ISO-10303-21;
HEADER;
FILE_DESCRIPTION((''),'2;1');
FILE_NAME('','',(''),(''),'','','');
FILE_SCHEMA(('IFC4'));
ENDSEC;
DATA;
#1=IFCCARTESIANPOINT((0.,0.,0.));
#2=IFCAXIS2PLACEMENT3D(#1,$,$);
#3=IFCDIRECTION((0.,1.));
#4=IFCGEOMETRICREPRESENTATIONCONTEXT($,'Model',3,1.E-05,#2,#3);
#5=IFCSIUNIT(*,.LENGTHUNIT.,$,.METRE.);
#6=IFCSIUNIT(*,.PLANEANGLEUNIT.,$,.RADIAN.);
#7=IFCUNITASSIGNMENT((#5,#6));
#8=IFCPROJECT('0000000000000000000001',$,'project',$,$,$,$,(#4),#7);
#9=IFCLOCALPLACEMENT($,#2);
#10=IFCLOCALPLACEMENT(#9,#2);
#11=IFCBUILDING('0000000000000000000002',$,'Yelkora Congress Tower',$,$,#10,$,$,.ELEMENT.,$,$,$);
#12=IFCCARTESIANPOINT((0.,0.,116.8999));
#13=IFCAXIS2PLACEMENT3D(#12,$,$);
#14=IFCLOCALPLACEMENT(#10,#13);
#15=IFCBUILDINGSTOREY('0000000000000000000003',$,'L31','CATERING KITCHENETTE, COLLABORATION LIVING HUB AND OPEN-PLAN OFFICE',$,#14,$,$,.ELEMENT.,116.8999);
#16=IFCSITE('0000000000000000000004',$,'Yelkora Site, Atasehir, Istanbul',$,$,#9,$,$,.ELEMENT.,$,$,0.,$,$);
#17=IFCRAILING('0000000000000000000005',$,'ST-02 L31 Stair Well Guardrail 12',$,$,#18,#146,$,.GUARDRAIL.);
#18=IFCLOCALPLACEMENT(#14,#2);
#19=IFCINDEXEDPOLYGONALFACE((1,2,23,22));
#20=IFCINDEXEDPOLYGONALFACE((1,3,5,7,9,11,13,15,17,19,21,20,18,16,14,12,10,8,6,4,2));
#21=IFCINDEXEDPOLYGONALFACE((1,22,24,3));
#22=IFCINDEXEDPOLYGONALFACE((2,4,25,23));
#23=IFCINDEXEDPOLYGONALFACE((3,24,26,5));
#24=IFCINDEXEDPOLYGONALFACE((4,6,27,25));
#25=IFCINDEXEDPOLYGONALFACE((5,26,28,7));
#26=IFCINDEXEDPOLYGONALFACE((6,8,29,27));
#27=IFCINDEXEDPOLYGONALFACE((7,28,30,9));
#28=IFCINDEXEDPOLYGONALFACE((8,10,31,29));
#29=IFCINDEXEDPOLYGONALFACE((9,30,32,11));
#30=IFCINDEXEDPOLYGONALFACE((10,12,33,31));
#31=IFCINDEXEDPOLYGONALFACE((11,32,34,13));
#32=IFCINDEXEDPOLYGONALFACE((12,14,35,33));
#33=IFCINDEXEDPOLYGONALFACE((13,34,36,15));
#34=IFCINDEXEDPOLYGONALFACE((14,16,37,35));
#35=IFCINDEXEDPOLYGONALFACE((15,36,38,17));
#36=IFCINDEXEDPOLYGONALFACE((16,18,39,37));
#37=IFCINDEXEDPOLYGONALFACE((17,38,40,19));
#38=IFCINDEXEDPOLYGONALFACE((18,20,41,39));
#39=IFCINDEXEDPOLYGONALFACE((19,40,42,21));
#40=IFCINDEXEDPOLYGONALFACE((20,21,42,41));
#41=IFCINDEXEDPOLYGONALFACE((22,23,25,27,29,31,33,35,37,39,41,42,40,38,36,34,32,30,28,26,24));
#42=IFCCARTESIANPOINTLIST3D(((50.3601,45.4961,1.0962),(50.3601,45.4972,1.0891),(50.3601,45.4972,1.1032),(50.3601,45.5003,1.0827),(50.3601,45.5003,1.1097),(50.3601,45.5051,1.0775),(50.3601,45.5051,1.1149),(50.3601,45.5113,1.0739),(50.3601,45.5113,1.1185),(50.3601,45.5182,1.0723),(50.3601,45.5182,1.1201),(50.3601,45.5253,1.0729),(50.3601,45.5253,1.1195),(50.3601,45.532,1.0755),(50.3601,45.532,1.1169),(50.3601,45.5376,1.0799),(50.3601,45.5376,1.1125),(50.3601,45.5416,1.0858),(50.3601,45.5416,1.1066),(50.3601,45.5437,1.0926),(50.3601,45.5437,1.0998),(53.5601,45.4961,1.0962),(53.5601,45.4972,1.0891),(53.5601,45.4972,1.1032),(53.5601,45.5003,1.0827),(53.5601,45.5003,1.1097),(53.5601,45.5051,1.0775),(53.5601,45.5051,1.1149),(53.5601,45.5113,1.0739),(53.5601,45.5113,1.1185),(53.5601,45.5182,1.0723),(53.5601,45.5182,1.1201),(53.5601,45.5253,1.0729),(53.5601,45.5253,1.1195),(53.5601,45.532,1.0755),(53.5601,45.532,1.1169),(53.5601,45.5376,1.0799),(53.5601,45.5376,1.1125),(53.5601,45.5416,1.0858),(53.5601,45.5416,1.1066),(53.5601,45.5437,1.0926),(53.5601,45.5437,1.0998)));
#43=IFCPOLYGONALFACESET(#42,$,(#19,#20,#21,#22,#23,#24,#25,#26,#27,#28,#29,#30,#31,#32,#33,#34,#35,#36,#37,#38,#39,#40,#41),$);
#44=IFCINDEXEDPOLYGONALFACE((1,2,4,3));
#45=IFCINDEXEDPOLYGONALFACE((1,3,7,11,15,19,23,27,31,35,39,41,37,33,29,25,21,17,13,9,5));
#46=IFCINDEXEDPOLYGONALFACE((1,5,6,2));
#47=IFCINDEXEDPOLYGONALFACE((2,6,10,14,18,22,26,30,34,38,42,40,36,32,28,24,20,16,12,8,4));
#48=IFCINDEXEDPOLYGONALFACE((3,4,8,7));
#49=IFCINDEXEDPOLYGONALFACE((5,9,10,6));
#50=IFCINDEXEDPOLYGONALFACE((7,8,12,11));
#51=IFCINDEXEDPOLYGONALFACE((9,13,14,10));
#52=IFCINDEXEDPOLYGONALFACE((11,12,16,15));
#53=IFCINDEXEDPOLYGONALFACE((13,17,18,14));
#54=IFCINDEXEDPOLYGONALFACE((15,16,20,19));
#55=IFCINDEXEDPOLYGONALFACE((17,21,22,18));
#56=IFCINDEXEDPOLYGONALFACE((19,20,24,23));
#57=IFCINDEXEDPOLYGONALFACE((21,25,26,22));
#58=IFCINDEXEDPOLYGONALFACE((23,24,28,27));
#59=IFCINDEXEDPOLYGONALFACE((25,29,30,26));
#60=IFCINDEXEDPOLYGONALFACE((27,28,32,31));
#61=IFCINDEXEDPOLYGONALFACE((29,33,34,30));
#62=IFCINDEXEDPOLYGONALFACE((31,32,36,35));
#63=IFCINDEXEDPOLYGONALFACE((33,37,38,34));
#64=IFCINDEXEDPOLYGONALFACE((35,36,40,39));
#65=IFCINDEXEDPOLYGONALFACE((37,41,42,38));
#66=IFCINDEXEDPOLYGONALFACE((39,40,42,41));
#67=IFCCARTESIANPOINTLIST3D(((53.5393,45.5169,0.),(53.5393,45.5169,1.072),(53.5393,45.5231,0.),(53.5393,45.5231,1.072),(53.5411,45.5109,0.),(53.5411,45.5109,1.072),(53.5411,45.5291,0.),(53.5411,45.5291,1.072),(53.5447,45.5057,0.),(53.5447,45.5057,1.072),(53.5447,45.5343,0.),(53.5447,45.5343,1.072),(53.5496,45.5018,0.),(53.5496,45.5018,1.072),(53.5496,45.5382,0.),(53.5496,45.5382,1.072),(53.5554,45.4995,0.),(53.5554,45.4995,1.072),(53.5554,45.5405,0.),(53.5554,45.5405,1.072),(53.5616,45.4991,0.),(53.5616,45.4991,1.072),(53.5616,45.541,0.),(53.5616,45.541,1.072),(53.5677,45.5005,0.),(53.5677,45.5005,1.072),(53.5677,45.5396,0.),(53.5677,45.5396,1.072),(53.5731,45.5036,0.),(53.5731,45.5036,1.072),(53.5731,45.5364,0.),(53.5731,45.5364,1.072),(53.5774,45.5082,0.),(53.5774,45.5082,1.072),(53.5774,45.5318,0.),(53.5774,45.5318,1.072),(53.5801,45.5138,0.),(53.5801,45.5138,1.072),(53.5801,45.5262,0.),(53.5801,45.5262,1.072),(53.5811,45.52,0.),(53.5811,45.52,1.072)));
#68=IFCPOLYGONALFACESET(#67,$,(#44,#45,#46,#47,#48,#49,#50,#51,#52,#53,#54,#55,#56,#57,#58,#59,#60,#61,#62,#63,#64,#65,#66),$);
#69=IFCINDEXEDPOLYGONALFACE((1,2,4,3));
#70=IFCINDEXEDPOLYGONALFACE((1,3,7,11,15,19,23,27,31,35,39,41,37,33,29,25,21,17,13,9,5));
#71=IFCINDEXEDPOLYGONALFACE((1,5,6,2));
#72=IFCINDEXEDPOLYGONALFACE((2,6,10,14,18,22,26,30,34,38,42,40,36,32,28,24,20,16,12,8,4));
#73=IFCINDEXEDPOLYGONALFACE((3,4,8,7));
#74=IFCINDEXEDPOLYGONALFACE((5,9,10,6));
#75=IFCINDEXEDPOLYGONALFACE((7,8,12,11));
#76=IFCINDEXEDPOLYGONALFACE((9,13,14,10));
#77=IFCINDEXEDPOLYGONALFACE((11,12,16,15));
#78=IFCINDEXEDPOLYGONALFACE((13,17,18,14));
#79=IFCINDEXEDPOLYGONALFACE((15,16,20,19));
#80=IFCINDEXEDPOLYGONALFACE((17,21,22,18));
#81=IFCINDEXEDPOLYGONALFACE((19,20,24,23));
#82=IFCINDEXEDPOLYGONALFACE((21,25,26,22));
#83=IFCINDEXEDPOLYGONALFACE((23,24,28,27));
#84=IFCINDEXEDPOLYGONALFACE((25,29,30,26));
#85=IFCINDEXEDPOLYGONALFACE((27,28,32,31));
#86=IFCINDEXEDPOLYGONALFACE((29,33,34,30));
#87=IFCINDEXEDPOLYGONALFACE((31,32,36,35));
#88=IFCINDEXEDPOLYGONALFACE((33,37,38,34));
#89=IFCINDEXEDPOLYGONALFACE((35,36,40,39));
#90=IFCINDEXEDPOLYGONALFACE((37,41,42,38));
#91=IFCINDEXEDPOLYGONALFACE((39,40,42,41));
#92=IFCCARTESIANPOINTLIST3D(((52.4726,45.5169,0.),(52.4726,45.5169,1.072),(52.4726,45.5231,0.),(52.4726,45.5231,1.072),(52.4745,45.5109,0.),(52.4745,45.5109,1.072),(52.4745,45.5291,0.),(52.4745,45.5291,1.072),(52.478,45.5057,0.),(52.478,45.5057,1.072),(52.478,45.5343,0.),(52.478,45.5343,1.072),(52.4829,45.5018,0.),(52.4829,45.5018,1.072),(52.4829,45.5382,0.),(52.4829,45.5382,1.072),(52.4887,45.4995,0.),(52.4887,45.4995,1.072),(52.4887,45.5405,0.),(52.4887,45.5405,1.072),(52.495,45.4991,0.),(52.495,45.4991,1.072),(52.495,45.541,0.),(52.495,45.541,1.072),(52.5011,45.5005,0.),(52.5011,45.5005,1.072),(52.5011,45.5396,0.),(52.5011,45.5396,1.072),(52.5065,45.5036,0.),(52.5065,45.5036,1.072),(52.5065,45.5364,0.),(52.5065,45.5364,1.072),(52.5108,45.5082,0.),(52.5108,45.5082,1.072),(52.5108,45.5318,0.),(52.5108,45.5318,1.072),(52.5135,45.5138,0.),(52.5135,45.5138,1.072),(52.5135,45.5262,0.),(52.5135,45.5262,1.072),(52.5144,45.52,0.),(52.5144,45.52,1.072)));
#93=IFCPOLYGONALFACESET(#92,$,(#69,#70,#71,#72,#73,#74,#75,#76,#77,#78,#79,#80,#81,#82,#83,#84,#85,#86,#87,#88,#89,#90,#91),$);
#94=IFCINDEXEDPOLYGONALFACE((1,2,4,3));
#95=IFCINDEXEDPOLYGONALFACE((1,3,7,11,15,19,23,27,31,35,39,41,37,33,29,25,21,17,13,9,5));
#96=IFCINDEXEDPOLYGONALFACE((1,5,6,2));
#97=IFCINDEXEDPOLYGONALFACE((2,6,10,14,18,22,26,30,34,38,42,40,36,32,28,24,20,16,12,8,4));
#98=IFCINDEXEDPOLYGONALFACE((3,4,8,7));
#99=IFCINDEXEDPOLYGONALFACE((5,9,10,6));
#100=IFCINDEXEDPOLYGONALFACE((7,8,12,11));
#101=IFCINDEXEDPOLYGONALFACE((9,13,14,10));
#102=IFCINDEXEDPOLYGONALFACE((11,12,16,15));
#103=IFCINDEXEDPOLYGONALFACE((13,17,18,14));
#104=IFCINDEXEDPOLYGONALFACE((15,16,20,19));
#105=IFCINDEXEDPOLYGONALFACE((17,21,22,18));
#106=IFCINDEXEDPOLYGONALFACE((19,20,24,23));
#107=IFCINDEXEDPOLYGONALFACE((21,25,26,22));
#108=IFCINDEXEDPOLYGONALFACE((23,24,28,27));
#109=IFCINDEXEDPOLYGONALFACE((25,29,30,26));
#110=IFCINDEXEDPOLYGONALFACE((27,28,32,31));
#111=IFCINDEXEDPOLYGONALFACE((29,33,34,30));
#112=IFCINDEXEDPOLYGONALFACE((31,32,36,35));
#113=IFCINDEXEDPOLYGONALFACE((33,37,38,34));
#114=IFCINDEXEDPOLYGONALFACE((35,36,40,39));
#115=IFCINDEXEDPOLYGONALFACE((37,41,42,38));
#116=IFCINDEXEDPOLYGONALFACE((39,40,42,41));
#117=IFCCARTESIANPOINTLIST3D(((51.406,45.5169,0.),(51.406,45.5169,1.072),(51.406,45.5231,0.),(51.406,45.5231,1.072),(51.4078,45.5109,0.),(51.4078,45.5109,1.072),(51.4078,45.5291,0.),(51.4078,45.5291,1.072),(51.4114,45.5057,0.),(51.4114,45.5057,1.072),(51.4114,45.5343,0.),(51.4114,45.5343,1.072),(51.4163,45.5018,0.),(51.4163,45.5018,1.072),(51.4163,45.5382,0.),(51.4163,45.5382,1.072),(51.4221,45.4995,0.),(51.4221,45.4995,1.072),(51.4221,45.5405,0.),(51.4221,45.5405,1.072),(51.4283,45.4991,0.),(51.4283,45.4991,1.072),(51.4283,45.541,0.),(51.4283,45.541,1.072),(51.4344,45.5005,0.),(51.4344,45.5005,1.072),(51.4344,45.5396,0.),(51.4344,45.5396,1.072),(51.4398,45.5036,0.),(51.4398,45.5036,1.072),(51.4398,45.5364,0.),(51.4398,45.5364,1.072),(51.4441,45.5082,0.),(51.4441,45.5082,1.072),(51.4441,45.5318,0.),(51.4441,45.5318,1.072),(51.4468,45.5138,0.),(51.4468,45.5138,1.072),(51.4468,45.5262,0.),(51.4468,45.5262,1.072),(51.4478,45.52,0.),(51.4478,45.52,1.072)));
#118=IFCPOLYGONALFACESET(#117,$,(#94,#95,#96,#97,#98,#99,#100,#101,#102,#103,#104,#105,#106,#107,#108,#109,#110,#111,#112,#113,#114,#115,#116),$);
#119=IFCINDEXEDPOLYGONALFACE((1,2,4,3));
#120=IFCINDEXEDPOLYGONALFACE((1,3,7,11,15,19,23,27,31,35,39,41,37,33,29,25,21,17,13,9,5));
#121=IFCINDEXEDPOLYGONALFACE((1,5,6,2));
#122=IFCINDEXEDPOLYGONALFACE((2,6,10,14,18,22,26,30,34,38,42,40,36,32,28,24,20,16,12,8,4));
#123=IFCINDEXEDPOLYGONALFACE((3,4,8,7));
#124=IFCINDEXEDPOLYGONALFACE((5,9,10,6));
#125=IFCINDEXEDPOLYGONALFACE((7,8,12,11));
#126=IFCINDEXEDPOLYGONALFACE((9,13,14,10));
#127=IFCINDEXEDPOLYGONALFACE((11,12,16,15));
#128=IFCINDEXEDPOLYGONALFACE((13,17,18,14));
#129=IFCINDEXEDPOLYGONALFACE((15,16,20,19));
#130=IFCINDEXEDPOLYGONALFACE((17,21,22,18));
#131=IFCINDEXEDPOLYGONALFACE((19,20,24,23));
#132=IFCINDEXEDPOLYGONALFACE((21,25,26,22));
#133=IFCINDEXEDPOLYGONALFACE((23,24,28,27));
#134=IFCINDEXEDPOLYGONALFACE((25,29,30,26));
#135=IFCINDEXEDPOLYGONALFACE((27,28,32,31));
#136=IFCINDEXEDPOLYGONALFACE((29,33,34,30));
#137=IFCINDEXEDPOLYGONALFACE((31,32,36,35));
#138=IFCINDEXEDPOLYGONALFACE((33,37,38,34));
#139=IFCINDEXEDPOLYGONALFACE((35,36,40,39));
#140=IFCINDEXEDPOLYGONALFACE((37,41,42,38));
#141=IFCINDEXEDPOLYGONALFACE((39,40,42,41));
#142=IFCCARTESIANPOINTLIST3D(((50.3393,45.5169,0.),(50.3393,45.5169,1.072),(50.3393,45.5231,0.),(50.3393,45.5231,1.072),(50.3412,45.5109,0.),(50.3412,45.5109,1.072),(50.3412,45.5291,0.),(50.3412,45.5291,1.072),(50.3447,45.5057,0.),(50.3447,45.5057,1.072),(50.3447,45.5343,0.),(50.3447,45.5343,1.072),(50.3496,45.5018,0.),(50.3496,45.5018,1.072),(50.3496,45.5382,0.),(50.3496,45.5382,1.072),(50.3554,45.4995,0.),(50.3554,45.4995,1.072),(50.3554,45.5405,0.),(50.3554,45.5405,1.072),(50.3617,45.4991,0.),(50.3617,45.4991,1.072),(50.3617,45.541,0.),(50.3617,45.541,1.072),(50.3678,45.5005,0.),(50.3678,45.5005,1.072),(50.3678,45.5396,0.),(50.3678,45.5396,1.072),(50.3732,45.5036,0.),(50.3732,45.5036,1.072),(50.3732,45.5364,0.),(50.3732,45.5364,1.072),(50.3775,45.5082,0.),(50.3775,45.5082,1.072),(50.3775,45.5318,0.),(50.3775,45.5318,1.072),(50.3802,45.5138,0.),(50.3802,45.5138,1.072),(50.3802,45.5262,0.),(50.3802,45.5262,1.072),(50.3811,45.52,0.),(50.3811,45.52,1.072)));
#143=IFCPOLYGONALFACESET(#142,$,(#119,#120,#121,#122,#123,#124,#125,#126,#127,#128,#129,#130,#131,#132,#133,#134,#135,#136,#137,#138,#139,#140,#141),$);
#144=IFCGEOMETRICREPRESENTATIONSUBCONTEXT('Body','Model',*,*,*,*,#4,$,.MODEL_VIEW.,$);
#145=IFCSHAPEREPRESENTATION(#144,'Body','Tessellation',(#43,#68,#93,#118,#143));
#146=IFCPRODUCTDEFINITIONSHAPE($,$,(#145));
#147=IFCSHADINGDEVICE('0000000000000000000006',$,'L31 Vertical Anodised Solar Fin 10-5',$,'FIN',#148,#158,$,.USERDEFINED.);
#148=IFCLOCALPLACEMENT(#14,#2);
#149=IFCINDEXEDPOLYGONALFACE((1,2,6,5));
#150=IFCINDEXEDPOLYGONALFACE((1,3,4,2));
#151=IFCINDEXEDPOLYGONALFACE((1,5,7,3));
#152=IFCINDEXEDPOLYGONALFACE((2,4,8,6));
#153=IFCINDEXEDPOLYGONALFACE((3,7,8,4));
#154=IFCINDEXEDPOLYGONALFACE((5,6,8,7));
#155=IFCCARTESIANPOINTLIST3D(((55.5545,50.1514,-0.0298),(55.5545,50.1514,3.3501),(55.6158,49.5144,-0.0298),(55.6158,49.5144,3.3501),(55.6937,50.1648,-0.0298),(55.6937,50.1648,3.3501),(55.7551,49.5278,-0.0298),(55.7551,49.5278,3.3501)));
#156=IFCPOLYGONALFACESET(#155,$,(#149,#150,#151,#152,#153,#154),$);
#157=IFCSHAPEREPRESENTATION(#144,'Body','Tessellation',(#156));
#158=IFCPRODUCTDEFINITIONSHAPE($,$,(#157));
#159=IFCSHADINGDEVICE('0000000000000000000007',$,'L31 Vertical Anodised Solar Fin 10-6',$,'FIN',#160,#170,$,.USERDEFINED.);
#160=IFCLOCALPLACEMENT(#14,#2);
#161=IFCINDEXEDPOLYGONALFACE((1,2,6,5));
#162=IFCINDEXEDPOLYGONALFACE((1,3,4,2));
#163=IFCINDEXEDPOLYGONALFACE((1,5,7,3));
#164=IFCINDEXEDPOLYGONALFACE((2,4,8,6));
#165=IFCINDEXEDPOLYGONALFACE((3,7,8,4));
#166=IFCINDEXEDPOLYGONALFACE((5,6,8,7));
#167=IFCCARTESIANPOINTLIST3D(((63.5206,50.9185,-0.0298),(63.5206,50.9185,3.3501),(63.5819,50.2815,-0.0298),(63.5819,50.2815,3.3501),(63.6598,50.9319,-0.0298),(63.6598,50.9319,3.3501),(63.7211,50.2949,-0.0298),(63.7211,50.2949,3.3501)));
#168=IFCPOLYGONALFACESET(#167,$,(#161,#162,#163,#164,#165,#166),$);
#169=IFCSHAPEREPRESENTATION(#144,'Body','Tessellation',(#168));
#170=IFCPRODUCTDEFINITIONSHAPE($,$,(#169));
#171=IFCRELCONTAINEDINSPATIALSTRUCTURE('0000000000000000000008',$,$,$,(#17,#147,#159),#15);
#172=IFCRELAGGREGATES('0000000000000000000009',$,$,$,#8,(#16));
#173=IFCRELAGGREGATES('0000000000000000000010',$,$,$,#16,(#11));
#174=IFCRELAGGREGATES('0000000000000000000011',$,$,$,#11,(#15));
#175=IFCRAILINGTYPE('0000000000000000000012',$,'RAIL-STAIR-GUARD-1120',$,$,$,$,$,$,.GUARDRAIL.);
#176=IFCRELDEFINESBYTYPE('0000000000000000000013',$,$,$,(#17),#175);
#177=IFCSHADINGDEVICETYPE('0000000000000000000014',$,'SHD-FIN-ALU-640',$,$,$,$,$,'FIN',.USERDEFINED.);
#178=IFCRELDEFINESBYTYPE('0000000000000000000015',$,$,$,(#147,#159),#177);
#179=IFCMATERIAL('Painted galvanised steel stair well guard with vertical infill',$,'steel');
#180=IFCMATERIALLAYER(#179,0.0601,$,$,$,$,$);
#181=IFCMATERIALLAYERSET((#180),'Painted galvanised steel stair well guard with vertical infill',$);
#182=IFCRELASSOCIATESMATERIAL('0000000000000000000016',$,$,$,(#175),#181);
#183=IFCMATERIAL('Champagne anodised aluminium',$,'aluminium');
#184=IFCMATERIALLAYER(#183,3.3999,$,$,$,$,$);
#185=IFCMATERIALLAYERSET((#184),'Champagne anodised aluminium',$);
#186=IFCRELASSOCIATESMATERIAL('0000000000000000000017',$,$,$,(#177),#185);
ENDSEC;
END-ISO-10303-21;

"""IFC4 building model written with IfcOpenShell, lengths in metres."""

from ifc_helpers import new_model, si_unit, direction, frame, origin, origin_2d, place, context, subcontext, project, spatial, rectangle, circle, extrude, material, layer, layer_set, type_object, element, save


model = new_model("IFC4")

# Units and contexts
model_context = context("Model", 3, precision=1e-05, world=origin(), true_north=direction((0.0, 1.0)))
body_context = subcontext(model_context, "Body", "Model", "MODEL_VIEW")
ifc_project = project(units=[si_unit("LENGTHUNIT", "METRE"), si_unit("PLANEANGLEUNIT", "RADIAN")], contexts=[model_context])

# Site, building, storey
site_placement = place(None, origin())
site = spatial("IfcSite", under=ifc_project, at=site_placement, Name="Yelkora Site, Atasehir, Istanbul", CompositionType="ELEMENT", RefElevation=0.0)
building_placement = place(site_placement, origin())
building = spatial("IfcBuilding", under=site, at=building_placement, Name="Yelkora Congress Tower", CompositionType="ELEMENT")
storey_placement = place(building_placement, frame((0.0, 0.0, 116.8999)))
storey = spatial("IfcBuildingStorey", under=building, at=storey_placement, Name="L31", Description="CATERING KITCHENETTE, COLLABORATION LIVING HUB AND OPEN-PLAN OFFICE", CompositionType="ELEMENT", Elevation=116.8999)

# Railing
ifc_material_1 = material(Name="Painted galvanised steel stair well guard with vertical infill", Category="steel")
ifc_layer_1 = layer(ifc_material_1, 0.0601)
ifc_layer_set_1 = layer_set([ifc_layer_1], Name="Painted galvanised steel stair well guard with vertical infill")
railing_type = type_object("IfcRailingType", Name="RAIL-STAIR-GUARD-1120", PredefinedType="GUARDRAIL", material=ifc_layer_set_1)
railing_1_placement = place(storey_placement, frame((53.5601, 45.52, 0.0)))
element("IfcRailing", 1, at=railing_1_placement, inside=storey, type_object=railing_type, Name="ST-02 L31 Stair Well Guardrail 12", PredefinedType="GUARDRAIL", context=body_context, shape_type="SweptSolid", body=[
    extrude(circle(Radius=0.0239, at=origin_2d()), frame((0.0, 0.0, 1.0962), z_axis=(-1.0, 0.0, 0.0), x_axis=(0.0, -1.0, 0.0)), (0.0, 0.0, 1.0), 3.2),
    extrude(circle(Radius=0.021, at=origin_2d()), origin(), (0.0, 0.0, 1.0), 1.072),
    extrude(circle(Radius=0.021, at=origin_2d()), frame((-1.0667, 0.0, 0.0)), (0.0, 0.0, 1.0), 1.072),
    extrude(circle(Radius=0.021, at=origin_2d()), frame((-2.1333, 0.0, 0.0)), (0.0, 0.0, 1.0), 1.072),
    extrude(circle(Radius=0.021, at=origin_2d()), frame((-3.2, 0.0, 0.0)), (0.0, 0.0, 1.0), 1.072),
])

# Shading devices
ifc_material_2 = material(Name="Champagne anodised aluminium", Category="aluminium")
ifc_layer_2 = layer(ifc_material_2, 3.3999)
ifc_layer_set_2 = layer_set([ifc_layer_2], Name="Champagne anodised aluminium")
shading_device_type = type_object("IfcShadingDeviceType", Name="SHD-FIN-ALU-640", ElementType="FIN", PredefinedType="USERDEFINED", material=ifc_layer_set_2)
for number, where, z_axis, x_axis, name in (
    (2, (55.6548, 49.8396, -0.0298), (0.0, 0.0, 1.0), (0.995396, 0.095846, 0.0), "L31 Vertical Anodised Solar Fin 10-5"),
    (3, (63.6208, 50.6067, -0.0298), (0.0, 0.0, 1.0), (0.995396, 0.095846, 0.0), "L31 Vertical Anodised Solar Fin 10-6"),
):
    element("IfcShadingDevice", number, at=place(storey_placement, frame(where, z_axis=z_axis, x_axis=x_axis)), inside=storey, type_object=shading_device_type, Name=name, ObjectType="FIN", PredefinedType="USERDEFINED", context=body_context, shape_type="SweptSolid", body=[
        extrude(rectangle(XDim=0.1399, YDim=0.6399, at=origin_2d()), origin(), (0.0, 0.0, 1.0), 3.3799),
    ])

save(model, "model.ifc")
